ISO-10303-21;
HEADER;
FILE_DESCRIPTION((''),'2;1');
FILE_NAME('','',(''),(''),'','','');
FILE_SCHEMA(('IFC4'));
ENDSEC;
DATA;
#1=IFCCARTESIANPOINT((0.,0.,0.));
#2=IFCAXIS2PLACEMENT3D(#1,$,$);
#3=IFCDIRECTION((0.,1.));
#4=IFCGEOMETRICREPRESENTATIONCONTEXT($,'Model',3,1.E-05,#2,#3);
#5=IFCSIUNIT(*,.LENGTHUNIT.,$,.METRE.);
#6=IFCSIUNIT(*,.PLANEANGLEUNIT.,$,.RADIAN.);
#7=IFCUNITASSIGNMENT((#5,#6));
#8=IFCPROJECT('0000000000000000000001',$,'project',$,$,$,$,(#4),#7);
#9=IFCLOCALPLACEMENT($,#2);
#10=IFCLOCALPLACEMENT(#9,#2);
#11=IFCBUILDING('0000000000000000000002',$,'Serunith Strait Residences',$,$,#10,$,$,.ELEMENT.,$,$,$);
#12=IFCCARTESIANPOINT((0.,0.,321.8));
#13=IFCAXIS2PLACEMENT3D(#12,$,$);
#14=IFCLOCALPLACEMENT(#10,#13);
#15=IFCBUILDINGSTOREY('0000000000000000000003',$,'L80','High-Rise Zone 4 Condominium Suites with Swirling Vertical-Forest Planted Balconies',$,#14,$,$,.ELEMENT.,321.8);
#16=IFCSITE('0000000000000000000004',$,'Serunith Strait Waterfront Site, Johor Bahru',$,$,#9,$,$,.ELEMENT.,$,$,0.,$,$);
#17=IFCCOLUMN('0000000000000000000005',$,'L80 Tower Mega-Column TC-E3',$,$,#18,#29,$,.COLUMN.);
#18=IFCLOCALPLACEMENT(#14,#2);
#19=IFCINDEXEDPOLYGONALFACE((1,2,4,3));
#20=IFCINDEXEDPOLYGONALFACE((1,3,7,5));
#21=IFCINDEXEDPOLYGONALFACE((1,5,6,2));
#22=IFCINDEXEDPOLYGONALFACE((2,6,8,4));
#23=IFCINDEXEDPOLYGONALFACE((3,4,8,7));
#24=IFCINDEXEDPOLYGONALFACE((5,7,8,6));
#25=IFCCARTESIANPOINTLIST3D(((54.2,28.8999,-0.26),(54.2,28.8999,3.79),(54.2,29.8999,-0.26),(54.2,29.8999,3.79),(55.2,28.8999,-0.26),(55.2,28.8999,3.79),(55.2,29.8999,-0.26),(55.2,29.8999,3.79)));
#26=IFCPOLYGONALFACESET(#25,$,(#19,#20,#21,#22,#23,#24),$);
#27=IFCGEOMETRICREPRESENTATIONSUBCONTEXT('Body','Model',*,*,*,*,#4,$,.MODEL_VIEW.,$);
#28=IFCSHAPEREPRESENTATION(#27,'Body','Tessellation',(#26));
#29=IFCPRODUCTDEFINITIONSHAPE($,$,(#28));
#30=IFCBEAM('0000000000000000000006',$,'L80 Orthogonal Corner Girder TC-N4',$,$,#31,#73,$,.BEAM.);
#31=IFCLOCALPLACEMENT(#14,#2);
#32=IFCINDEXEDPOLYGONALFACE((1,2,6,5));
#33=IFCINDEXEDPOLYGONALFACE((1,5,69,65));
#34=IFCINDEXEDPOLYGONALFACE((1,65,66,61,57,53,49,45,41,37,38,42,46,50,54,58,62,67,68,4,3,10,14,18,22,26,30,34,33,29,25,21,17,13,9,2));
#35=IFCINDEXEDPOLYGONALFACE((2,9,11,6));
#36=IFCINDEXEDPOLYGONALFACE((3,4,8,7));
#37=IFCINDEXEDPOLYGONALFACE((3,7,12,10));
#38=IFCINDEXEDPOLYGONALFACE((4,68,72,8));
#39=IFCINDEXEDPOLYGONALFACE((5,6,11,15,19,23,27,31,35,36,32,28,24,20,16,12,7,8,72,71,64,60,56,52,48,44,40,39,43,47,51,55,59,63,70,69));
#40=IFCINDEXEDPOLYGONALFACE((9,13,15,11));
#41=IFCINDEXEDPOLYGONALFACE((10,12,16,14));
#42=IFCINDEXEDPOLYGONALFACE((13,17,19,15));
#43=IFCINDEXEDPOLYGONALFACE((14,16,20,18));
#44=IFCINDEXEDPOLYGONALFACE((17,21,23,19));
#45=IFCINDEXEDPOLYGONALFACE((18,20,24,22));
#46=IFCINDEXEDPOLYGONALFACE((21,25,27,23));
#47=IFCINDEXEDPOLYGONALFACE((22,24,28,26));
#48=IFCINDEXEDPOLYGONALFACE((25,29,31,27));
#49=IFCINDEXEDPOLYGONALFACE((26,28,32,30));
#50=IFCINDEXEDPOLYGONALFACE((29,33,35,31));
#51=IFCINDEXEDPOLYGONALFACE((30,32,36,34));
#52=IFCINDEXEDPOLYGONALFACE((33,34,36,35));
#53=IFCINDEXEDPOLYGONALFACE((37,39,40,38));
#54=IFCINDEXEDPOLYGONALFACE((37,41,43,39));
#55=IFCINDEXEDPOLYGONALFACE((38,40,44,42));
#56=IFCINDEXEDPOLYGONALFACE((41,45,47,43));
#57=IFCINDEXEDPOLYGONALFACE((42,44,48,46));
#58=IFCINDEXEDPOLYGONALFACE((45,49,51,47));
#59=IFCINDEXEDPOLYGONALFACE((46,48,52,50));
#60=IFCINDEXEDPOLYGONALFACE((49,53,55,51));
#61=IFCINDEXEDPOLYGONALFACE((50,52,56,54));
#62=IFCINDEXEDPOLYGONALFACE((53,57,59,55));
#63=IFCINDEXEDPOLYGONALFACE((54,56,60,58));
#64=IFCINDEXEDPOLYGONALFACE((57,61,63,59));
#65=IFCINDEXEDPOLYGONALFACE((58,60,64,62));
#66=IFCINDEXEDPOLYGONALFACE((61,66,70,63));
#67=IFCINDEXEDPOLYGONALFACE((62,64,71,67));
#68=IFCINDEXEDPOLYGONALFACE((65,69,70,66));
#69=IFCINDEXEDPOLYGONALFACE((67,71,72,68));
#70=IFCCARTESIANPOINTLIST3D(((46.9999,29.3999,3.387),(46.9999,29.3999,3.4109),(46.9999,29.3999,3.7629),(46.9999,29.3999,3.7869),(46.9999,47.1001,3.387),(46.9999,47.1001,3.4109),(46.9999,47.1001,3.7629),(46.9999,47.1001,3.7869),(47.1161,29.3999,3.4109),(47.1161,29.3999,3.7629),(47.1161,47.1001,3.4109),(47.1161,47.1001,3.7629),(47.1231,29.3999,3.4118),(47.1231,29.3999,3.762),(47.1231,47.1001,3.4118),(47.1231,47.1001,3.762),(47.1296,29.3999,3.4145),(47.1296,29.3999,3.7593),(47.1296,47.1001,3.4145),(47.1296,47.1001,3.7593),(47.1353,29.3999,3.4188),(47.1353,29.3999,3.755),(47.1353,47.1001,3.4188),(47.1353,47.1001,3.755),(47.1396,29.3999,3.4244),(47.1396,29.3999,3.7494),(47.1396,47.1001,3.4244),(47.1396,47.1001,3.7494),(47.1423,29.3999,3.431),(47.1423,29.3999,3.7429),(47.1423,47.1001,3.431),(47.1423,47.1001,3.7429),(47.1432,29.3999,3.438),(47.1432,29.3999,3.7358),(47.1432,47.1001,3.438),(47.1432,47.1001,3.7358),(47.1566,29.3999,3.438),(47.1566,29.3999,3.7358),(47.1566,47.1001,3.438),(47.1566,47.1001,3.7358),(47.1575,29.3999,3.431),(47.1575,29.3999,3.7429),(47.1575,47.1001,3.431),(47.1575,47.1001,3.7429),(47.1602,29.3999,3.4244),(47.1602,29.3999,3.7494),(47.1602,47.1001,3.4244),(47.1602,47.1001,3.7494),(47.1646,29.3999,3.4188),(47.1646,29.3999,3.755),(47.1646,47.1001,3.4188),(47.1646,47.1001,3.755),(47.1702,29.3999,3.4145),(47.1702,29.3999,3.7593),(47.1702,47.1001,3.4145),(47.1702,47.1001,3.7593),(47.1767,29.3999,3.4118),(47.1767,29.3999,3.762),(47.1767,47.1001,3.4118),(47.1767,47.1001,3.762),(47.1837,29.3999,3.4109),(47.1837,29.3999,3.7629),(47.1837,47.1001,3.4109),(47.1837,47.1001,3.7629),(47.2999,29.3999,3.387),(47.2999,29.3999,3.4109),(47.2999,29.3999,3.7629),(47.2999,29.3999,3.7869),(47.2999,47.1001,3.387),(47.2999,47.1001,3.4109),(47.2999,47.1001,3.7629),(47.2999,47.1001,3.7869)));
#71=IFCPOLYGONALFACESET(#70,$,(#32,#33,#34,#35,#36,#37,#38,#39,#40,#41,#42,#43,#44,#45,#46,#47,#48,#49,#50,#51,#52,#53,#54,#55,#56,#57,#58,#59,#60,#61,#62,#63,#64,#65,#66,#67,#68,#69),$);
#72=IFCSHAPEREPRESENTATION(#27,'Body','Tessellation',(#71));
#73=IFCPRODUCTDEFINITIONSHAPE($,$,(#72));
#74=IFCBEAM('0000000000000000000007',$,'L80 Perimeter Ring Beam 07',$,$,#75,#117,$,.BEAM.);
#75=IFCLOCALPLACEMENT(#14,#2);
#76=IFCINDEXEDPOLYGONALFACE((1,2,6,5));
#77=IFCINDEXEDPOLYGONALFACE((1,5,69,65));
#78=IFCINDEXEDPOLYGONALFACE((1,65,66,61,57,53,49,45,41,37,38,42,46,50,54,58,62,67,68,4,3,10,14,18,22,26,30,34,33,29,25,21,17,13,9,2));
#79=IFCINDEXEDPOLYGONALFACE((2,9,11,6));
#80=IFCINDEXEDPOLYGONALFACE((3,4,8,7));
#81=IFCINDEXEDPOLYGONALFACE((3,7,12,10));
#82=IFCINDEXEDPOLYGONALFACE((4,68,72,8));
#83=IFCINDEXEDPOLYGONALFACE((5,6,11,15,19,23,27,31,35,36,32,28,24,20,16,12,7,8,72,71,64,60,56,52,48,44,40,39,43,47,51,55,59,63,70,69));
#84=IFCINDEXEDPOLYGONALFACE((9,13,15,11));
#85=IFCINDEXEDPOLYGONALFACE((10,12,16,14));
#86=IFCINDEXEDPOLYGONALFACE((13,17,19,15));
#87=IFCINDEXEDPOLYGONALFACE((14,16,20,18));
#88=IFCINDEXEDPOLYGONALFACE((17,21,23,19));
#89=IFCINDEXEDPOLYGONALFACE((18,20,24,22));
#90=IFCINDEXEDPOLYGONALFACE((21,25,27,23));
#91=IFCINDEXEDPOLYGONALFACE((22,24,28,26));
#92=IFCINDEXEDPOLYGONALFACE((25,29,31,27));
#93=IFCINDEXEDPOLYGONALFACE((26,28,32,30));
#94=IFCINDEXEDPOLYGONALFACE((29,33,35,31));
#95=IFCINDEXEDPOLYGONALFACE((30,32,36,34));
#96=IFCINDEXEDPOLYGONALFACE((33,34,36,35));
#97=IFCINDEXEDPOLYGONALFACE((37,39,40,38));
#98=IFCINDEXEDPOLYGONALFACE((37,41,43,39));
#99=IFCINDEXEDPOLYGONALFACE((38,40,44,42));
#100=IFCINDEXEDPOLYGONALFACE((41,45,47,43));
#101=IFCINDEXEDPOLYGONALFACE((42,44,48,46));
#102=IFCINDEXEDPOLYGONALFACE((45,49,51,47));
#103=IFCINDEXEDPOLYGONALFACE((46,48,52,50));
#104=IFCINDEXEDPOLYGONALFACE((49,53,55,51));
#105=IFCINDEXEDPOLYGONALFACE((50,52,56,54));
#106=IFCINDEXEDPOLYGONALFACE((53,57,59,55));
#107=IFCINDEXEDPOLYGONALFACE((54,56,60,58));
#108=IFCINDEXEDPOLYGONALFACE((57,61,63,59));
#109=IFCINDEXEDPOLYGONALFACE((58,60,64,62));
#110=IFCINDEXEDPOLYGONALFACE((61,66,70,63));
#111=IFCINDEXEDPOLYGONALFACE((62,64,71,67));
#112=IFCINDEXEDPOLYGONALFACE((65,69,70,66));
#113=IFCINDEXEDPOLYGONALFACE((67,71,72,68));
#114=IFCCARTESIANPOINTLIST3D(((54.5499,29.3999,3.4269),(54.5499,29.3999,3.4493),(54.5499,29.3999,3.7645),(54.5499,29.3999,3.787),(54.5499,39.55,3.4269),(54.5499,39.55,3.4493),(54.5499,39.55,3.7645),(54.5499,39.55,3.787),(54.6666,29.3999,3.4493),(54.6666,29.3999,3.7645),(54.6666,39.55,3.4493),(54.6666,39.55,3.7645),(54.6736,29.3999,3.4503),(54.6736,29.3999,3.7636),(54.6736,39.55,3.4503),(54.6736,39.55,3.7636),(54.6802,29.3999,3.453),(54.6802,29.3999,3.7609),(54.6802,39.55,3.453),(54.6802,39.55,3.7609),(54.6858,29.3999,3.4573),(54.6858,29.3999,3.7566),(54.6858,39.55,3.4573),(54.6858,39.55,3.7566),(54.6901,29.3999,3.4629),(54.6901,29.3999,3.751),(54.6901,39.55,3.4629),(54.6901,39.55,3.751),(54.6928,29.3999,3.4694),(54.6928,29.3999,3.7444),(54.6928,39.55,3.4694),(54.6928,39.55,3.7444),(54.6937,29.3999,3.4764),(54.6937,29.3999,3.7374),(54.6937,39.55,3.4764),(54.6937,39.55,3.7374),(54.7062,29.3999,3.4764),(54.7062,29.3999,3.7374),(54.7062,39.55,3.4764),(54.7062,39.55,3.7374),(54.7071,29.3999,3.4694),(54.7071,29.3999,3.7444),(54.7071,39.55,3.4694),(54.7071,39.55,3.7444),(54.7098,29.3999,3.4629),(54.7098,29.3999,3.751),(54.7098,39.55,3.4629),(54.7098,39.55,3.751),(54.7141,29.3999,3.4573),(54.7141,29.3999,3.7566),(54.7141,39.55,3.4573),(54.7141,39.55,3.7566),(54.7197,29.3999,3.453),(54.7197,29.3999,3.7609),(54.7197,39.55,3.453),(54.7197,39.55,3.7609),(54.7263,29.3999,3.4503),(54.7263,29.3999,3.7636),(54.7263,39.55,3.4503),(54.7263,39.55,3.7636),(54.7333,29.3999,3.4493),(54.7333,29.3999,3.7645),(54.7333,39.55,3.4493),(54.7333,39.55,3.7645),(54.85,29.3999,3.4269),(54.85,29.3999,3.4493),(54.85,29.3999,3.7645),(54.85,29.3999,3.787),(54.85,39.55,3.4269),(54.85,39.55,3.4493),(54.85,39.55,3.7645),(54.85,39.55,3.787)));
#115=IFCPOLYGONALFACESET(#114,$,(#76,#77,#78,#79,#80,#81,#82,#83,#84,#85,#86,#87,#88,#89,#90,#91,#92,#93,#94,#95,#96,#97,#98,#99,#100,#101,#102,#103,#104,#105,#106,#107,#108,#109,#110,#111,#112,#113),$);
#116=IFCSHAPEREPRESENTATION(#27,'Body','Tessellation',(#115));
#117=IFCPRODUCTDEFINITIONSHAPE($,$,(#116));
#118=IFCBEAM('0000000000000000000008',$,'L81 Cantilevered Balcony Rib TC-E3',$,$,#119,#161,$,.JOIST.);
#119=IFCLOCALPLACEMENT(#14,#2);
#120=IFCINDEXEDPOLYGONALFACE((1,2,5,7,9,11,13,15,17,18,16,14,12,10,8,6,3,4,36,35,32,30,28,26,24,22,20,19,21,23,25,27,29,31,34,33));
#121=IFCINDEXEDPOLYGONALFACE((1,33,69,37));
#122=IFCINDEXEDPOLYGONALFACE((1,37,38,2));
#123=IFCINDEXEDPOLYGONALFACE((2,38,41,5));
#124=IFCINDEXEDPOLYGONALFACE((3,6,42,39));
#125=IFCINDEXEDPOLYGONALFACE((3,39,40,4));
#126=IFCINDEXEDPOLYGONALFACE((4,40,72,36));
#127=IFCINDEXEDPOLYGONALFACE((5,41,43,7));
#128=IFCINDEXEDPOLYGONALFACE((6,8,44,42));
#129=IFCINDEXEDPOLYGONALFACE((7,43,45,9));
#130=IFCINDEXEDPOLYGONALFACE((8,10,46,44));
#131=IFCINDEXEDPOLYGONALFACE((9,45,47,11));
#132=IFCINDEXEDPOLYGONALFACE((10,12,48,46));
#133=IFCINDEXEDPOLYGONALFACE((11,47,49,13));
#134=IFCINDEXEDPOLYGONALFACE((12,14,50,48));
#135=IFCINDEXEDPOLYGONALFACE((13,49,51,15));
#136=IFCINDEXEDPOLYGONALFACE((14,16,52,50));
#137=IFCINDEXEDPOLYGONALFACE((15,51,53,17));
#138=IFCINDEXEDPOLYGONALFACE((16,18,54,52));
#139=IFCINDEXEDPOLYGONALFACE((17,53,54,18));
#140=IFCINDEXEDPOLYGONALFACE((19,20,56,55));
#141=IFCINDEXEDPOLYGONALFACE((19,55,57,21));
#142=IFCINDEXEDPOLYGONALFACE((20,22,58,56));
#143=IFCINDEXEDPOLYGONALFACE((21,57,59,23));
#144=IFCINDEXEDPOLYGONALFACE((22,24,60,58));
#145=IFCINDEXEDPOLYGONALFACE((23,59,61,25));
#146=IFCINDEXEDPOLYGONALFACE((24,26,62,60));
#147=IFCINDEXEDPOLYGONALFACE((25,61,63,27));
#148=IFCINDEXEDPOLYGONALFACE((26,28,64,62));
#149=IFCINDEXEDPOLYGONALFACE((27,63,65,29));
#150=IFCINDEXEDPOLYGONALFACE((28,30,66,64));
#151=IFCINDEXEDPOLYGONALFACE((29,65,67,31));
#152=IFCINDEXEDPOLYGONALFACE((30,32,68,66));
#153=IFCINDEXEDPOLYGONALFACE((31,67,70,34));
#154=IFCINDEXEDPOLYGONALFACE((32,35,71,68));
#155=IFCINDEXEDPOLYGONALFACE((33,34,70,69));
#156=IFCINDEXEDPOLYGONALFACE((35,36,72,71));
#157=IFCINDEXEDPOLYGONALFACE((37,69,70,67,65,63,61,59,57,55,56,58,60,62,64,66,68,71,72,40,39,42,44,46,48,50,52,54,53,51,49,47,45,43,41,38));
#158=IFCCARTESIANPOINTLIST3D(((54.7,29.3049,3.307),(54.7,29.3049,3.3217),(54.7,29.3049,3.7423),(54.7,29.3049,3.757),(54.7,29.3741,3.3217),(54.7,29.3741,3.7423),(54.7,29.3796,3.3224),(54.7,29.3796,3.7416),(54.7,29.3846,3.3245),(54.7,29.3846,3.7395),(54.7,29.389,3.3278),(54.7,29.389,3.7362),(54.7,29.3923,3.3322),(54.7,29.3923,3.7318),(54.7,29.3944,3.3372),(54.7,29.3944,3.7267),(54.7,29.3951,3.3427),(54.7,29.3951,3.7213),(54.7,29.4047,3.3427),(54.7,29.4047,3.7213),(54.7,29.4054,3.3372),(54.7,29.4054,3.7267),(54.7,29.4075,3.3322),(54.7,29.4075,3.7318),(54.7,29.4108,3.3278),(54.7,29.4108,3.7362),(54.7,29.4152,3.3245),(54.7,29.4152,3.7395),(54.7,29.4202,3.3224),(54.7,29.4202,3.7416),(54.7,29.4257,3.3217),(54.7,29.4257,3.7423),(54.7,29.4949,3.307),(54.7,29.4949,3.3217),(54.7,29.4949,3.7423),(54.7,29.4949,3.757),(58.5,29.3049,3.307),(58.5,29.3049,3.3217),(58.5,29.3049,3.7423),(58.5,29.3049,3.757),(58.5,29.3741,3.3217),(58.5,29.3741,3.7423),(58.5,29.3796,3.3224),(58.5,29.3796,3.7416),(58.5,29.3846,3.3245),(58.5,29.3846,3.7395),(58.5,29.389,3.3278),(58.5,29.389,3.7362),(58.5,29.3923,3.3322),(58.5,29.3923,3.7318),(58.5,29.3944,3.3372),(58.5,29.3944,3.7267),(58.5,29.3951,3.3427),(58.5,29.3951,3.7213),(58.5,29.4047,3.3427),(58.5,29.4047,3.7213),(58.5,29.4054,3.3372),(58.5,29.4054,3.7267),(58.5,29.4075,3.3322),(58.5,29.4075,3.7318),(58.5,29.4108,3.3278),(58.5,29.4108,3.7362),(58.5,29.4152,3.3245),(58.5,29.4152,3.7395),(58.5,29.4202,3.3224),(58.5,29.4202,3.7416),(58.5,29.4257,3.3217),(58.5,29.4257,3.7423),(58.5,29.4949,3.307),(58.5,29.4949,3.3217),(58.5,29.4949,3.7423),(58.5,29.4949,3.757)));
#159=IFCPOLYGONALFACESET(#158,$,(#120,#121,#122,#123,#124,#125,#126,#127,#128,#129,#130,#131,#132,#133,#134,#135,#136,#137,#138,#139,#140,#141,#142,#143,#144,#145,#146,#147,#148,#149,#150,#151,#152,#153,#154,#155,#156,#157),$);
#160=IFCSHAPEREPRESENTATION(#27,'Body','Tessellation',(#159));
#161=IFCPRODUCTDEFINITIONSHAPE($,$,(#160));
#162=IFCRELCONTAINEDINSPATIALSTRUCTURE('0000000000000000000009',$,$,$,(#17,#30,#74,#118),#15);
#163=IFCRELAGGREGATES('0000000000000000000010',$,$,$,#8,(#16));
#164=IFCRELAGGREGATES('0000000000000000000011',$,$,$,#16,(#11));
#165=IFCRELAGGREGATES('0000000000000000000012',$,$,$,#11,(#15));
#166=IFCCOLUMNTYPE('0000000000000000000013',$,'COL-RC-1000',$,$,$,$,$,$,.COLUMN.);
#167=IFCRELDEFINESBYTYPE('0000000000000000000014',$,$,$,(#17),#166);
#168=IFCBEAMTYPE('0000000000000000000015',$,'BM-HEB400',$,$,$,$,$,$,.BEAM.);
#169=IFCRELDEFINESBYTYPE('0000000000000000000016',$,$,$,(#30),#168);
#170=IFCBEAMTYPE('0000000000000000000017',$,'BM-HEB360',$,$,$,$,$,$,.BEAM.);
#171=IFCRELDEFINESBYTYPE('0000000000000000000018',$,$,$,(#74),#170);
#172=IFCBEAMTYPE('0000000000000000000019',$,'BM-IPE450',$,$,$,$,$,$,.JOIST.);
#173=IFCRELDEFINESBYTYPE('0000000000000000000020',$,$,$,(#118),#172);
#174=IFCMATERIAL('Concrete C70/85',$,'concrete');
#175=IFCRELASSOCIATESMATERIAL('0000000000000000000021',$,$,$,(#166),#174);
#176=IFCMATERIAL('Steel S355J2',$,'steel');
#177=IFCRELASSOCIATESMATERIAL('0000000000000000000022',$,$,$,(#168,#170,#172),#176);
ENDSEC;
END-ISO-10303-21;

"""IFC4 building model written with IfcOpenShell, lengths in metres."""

from ifc_helpers import new_model, si_unit, direction, frame, origin, origin_2d, place, context, subcontext, project, spatial, rectangle, i_section, extrude, source, transform, mapped, material, material_profile, profile_set, type_object, element, save


model = new_model("IFC4")

# Units and contexts
model_context = context("Model", 3, precision=1e-05, world=origin(), true_north=direction((0.0, 1.0)))
body_context = subcontext(model_context, "Body", "Model", "MODEL_VIEW")
ifc_project = project(units=[si_unit("LENGTHUNIT", "METRE"), si_unit("PLANEANGLEUNIT", "RADIAN")], contexts=[model_context])

# Site, building, storey
site_placement = place(None, origin())
site = spatial("IfcSite", under=ifc_project, at=site_placement, Name="Serunith Strait Waterfront Site, Johor Bahru", CompositionType="ELEMENT", RefElevation=0.0)
building_placement = place(site_placement, origin())
building = spatial("IfcBuilding", under=site, at=building_placement, Name="Serunith Strait Residences", CompositionType="ELEMENT")
storey_placement = place(building_placement, frame((0.0, 0.0, 321.8)))
storey = spatial("IfcBuildingStorey", under=building, at=storey_placement, Name="L80", Description="High-Rise Zone 4 Condominium Suites with Swirling Vertical-Forest Planted Balconies", CompositionType="ELEMENT", Elevation=321.8)

# Column
ifc_material_1 = material(Name="Concrete C70/85", Category="concrete")
ifc_material_profile_1 = material_profile(ifc_material_1, rectangle(XDim=1.0, YDim=1.0, at=origin_2d()), Name="RC 1000x1000")
ifc_profile_set_1 = profile_set([ifc_material_profile_1], Name="Concrete C70/85")
column_type = type_object("IfcColumnType", Name="COL-RC-1000", PredefinedType="COLUMN", material=ifc_profile_set_1)
shared_shape_1 = source(origin(), body_context, "Body", "SweptSolid", [
    extrude(rectangle(XDim=1.0, YDim=1.0, at=origin_2d()), origin(), (0.0, 0.0, 1.0), 4.05),
])
column_placement = place(storey_placement, frame((54.7, 29.3999, -0.26), z_axis=(0.0, 0.0, 1.0), x_axis=(1.0, 0.0, 0.0)))
element("IfcColumn", 1, at=column_placement, inside=storey, type_object=column_type, Name="L80 Tower Mega-Column TC-E3", PredefinedType="COLUMN", context=body_context, shape_type="MappedRepresentation", body=[
    mapped(shared_shape_1, transform((0.0, 0.0, 0.0), scale=1.0)),
])

# Beams
ifc_material_2 = material(Name="Steel S355J2", Category="steel")
ifc_material_profile_2 = material_profile(ifc_material_2, i_section(OverallWidth=0.3, OverallDepth=0.3999, WebThickness=0.0134, FlangeThickness=0.0239, FilletRadius=0.0271, at=origin_2d()), Name="HEB 400")
ifc_profile_set_2 = profile_set([ifc_material_profile_2], Name="Steel S355J2")
beam_type_1 = type_object("IfcBeamType", Name="BM-HEB400", PredefinedType="BEAM", material=ifc_profile_set_2)
shared_shape_2 = source(origin(), body_context, "Body", "SweptSolid", [
    extrude(i_section(OverallWidth=0.3, OverallDepth=0.3999, WebThickness=0.0134, FlangeThickness=0.0239, FilletRadius=0.0271, at=origin_2d()), origin(), (0.0, 0.0, 1.0), 17.7002),
])
beam_1_placement = place(storey_placement, frame((47.1499, 29.3999, 3.5869), z_axis=(0.0, 1.0, 0.0), x_axis=(-1.0, 0.0, 0.0)))
element("IfcBeam", 2, at=beam_1_placement, inside=storey, type_object=beam_type_1, Name="L80 Orthogonal Corner Girder TC-N4", PredefinedType="BEAM", context=body_context, shape_type="MappedRepresentation", body=[
    mapped(shared_shape_2, transform((0.0, 0.0, 0.0), scale=1.0)),
])
ifc_material_profile_3 = material_profile(ifc_material_2, i_section(OverallWidth=0.3, OverallDepth=0.3601, WebThickness=0.0125, FlangeThickness=0.0225, FilletRadius=0.0271, at=origin_2d()), Name="HEB 360")
ifc_profile_set_3 = profile_set([ifc_material_profile_3], Name="Steel S355J2")
beam_type_2 = type_object("IfcBeamType", Name="BM-HEB360", PredefinedType="BEAM", material=ifc_profile_set_3)
shared_shape_3 = source(origin(), body_context, "Body", "SweptSolid", [
    extrude(i_section(OverallWidth=0.3, OverallDepth=0.3601, WebThickness=0.0125, FlangeThickness=0.0225, FilletRadius=0.0271, at=origin_2d()), origin(), (0.0, 0.0, 1.0), 10.1501),
])
beam_2_placement = place(storey_placement, frame((54.7, 29.3999, 3.6069), z_axis=(0.0, 1.0, 0.0), x_axis=(-1.0, 0.0, 0.0)))
element("IfcBeam", 3, at=beam_2_placement, inside=storey, type_object=beam_type_2, Name="L80 Perimeter Ring Beam 07", PredefinedType="BEAM", context=body_context, shape_type="MappedRepresentation", body=[
    mapped(shared_shape_3, transform((0.0, 0.0, 0.0), scale=1.0)),
])
ifc_material_profile_4 = material_profile(ifc_material_2, i_section(OverallWidth=0.1899, OverallDepth=0.45, WebThickness=0.0095, FlangeThickness=0.0146, FilletRadius=0.021, at=origin_2d()), Name="IPE 450")
ifc_profile_set_4 = profile_set([ifc_material_profile_4], Name="Steel S355J2")
beam_type_3 = type_object("IfcBeamType", Name="BM-IPE450", PredefinedType="JOIST", material=ifc_profile_set_4)
shared_shape_4 = source(origin(), body_context, "Body", "SweptSolid", [
    extrude(i_section(OverallWidth=0.1899, OverallDepth=0.45, WebThickness=0.0095, FlangeThickness=0.0146, FilletRadius=0.021, at=origin_2d()), origin(), (0.0, 0.0, 1.0), 3.8),
])
beam_3_placement = place(storey_placement, frame((54.7, 29.3999, 3.532), z_axis=(1.0, 0.0, 0.0), x_axis=(0.0, 1.0, 0.0)))
element("IfcBeam", 4, at=beam_3_placement, inside=storey, type_object=beam_type_3, Name="L81 Cantilevered Balcony Rib TC-E3", PredefinedType="JOIST", context=body_context, shape_type="MappedRepresentation", body=[
    mapped(shared_shape_4, transform((0.0, 0.0, 0.0), scale=1.0)),
])

save(model, "model.ifc")
